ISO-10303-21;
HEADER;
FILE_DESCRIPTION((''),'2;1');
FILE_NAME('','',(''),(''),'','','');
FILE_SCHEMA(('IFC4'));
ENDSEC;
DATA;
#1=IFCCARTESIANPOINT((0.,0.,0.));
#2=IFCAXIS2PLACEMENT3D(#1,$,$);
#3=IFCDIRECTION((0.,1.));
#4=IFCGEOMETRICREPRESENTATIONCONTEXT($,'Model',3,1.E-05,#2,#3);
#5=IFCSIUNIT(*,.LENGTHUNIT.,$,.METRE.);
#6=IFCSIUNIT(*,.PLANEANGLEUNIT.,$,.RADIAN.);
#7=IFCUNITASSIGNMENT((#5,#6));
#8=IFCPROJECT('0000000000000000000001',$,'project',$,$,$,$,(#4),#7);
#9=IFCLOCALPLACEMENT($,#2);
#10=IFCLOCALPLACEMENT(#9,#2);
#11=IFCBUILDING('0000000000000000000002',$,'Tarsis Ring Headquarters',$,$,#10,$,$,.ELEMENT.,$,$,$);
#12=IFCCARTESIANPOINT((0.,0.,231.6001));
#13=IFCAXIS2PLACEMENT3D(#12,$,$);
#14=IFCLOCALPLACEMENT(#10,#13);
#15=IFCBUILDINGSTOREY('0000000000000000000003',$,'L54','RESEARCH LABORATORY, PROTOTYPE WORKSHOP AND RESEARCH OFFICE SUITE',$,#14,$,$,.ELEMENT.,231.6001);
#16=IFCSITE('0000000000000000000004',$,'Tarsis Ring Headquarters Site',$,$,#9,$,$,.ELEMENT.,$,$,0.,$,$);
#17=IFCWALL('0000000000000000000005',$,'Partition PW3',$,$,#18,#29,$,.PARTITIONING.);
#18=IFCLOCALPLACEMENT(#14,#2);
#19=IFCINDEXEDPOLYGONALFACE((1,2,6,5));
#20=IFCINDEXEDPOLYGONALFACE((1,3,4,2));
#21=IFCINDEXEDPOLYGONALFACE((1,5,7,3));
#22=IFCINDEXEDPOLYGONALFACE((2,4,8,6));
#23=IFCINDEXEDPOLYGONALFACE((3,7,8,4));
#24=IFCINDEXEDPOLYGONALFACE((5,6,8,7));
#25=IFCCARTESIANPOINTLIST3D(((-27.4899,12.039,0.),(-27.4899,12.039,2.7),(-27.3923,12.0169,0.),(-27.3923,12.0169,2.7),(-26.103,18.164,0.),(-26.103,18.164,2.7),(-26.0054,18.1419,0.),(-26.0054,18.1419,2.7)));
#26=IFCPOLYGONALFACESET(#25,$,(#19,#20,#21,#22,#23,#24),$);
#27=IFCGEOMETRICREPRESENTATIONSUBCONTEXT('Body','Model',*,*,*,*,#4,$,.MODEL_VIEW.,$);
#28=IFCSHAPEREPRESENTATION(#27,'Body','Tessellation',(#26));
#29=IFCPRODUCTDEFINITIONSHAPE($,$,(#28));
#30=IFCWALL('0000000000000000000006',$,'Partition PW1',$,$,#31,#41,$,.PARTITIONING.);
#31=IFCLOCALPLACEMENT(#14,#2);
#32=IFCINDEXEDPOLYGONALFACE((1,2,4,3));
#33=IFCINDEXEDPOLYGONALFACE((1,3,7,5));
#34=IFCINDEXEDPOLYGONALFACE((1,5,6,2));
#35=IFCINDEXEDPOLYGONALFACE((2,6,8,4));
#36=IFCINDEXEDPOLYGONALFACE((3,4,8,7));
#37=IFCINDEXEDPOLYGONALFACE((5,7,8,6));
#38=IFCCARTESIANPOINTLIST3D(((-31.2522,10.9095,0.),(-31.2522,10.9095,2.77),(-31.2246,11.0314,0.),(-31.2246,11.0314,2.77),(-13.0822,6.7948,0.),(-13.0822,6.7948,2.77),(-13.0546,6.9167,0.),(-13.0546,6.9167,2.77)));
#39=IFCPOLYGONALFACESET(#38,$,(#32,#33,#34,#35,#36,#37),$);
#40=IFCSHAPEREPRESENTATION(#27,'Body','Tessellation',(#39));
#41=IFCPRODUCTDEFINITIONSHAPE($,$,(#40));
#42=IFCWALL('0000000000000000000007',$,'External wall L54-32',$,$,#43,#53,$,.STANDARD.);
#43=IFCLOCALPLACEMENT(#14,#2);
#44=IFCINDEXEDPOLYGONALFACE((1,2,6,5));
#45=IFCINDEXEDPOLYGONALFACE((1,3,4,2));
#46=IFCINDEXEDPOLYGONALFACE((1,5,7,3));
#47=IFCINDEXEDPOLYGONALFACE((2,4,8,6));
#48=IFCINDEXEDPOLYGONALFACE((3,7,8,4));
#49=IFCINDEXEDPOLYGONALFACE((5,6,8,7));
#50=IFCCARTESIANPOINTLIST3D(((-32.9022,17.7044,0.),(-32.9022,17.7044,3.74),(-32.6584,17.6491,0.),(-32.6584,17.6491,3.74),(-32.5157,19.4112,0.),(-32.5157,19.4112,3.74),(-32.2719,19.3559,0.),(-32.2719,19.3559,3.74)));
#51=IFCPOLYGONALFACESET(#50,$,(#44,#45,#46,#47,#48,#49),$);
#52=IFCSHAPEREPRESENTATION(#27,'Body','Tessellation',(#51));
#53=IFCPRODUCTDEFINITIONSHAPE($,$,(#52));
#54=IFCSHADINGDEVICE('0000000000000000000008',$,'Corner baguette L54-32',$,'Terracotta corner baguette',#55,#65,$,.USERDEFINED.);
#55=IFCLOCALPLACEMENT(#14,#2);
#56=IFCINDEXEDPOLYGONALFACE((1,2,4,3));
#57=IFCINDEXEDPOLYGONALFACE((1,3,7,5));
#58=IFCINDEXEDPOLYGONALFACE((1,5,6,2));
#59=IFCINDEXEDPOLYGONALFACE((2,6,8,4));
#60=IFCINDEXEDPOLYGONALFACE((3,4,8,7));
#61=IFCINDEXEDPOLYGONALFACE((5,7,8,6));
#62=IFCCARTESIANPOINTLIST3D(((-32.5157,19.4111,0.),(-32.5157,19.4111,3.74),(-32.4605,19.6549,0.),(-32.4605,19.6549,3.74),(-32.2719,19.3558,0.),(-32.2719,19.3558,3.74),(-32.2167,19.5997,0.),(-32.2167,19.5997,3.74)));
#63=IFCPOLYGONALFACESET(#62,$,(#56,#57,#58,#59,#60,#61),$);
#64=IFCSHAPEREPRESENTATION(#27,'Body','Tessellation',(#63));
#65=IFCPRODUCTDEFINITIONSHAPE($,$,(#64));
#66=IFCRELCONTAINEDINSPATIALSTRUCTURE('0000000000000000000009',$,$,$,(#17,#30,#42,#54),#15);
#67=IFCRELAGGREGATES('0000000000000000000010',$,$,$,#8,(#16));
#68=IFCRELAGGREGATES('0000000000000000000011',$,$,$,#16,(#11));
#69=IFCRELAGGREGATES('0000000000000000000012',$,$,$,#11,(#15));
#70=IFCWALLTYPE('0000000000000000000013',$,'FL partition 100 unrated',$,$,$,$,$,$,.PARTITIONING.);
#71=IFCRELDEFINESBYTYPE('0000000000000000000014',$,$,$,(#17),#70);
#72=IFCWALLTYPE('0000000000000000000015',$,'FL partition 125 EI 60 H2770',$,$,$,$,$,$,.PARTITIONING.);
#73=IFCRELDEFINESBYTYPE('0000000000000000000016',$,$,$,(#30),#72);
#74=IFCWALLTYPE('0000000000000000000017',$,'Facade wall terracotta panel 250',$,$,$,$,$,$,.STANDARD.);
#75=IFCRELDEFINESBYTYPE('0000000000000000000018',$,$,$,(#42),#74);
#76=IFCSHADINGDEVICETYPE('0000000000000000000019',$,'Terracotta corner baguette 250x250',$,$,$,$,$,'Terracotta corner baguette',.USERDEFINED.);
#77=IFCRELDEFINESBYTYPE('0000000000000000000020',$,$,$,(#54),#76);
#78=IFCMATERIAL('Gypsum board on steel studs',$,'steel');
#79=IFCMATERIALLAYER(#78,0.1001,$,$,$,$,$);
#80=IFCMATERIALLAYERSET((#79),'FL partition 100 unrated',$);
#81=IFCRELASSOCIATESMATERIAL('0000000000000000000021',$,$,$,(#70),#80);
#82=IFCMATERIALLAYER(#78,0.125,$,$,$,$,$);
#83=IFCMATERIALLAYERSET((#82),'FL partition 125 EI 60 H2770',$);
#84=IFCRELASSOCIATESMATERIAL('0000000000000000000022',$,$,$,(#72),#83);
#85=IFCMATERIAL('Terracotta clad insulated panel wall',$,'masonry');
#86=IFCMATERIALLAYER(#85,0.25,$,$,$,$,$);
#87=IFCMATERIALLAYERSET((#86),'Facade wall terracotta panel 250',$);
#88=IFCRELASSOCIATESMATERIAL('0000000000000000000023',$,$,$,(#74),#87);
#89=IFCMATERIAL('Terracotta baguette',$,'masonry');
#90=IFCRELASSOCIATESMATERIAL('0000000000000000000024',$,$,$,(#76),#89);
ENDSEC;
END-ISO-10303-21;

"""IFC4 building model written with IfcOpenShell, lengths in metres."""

from ifc_helpers import new_model, si_unit, direction, frame, frame_2d, origin, origin_2d, place, context, subcontext, project, spatial, rectangle, extrude, material, layer, layer_set, type_object, element, save


model = new_model("IFC4")

# Units and contexts
model_context = context("Model", 3, precision=1e-05, world=origin(), true_north=direction((0.0, 1.0)))
body_context = subcontext(model_context, "Body", "Model", "MODEL_VIEW")
ifc_project = project(units=[si_unit("LENGTHUNIT", "METRE"), si_unit("PLANEANGLEUNIT", "RADIAN")], contexts=[model_context])

# Site, building, storey
site_placement = place(None, origin())
site = spatial("IfcSite", under=ifc_project, at=site_placement, Name="Tarsis Ring Headquarters Site", CompositionType="ELEMENT", RefElevation=0.0)
building_placement = place(site_placement, origin())
building = spatial("IfcBuilding", under=site, at=building_placement, Name="Tarsis Ring Headquarters", CompositionType="ELEMENT")
storey_placement = place(building_placement, frame((0.0, 0.0, 231.6001)))
storey = spatial("IfcBuildingStorey", under=building, at=storey_placement, Name="L54", Description="RESEARCH LABORATORY, PROTOTYPE WORKSHOP AND RESEARCH OFFICE SUITE", CompositionType="ELEMENT", Elevation=231.6001)

# Walls
ifc_material_1 = material(Name="Gypsum board on steel studs", Category="steel")
ifc_layer_1 = layer(ifc_material_1, 0.1001)
ifc_layer_set_1 = layer_set([ifc_layer_1], Name="FL partition 100 unrated")
wall_type_1 = type_object("IfcWallType", Name="FL partition 100 unrated", PredefinedType="PARTITIONING", material=ifc_layer_set_1)
wall_1_placement = place(storey_placement, frame((-27.4412, 12.0278, 0.0), z_axis=(0.0, 0.0, 1.0), x_axis=(0.220851, 0.975307, 0.0)))
element("IfcWall", 1, at=wall_1_placement, inside=storey, type_object=wall_type_1, Name="Partition PW3", PredefinedType="PARTITIONING", context=body_context, shape_type="SweptSolid", body=[
    extrude(rectangle(XDim=6.28, YDim=0.1001, at=frame_2d((3.1401, 0.0))), origin(), (0.0, 0.0, 1.0), 2.7),
])
ifc_layer_2 = layer(ifc_material_1, 0.125)
ifc_layer_set_2 = layer_set([ifc_layer_2], Name="FL partition 125 EI 60 H2770")
wall_type_2 = type_object("IfcWallType", Name="FL partition 125 EI 60 H2770", PredefinedType="PARTITIONING", material=ifc_layer_set_2)
wall_2_placement = place(storey_placement, frame((-31.2383, 10.9705, 0.0), z_axis=(0.0, 0.0, 1.0), x_axis=(0.975304, -0.220867, 0.0)))
element("IfcWall", 2, at=wall_2_placement, inside=storey, type_object=wall_type_2, Name="Partition PW1", PredefinedType="PARTITIONING", context=body_context, shape_type="SweptSolid", body=[
    extrude(rectangle(XDim=18.6301, YDim=0.125, at=frame_2d((9.3149, 0.0))), origin(), (0.0, 0.0, 1.0), 2.77),
])
ifc_material_2 = material(Name="Terracotta clad insulated panel wall", Category="masonry")
ifc_layer_3 = layer(ifc_material_2, 0.25)
ifc_layer_set_3 = layer_set([ifc_layer_3], Name="Facade wall terracotta panel 250")
wall_type_3 = type_object("IfcWallType", Name="Facade wall terracotta panel 250", PredefinedType="STANDARD", material=ifc_layer_set_3)
wall_3_placement = place(storey_placement, frame((-32.3938, 19.3835, 0.0), z_axis=(0.0, 0.0, 1.0), x_axis=(-0.220843, -0.975309, 0.0)))
element("IfcWall", 3, at=wall_3_placement, inside=storey, type_object=wall_type_3, Name="External wall L54-32", PredefinedType="STANDARD", context=body_context, shape_type="SweptSolid", body=[
    extrude(rectangle(XDim=1.75, YDim=0.25, at=frame_2d((0.875, 0.0))), origin(), (0.0, 0.0, 1.0), 3.74),
])

# Shading device
ifc_material_3 = material(Name="Terracotta baguette", Category="masonry")
shading_device_type_1 = type_object("IfcShadingDeviceType", Name="Terracotta corner baguette 250x250", ElementType="Terracotta corner baguette", PredefinedType="USERDEFINED", material=ifc_material_3)
shading_device_1_placement = place(storey_placement, frame((-32.3662, 19.5054, 0.0), z_axis=(0.0, 0.0, 1.0), x_axis=(-0.975304, 0.220868, 0.0)))
element("IfcShadingDevice", 4, at=shading_device_1_placement, inside=storey, type_object=shading_device_type_1, Name="Corner baguette L54-32", ObjectType="Terracotta corner baguette", PredefinedType="USERDEFINED", context=body_context, shape_type="SweptSolid", body=[
    extrude(rectangle(XDim=0.25, YDim=0.25, at=origin_2d()), origin(), (0.0, 0.0, 1.0), 3.74),
])

save(model, "model.ifc")
